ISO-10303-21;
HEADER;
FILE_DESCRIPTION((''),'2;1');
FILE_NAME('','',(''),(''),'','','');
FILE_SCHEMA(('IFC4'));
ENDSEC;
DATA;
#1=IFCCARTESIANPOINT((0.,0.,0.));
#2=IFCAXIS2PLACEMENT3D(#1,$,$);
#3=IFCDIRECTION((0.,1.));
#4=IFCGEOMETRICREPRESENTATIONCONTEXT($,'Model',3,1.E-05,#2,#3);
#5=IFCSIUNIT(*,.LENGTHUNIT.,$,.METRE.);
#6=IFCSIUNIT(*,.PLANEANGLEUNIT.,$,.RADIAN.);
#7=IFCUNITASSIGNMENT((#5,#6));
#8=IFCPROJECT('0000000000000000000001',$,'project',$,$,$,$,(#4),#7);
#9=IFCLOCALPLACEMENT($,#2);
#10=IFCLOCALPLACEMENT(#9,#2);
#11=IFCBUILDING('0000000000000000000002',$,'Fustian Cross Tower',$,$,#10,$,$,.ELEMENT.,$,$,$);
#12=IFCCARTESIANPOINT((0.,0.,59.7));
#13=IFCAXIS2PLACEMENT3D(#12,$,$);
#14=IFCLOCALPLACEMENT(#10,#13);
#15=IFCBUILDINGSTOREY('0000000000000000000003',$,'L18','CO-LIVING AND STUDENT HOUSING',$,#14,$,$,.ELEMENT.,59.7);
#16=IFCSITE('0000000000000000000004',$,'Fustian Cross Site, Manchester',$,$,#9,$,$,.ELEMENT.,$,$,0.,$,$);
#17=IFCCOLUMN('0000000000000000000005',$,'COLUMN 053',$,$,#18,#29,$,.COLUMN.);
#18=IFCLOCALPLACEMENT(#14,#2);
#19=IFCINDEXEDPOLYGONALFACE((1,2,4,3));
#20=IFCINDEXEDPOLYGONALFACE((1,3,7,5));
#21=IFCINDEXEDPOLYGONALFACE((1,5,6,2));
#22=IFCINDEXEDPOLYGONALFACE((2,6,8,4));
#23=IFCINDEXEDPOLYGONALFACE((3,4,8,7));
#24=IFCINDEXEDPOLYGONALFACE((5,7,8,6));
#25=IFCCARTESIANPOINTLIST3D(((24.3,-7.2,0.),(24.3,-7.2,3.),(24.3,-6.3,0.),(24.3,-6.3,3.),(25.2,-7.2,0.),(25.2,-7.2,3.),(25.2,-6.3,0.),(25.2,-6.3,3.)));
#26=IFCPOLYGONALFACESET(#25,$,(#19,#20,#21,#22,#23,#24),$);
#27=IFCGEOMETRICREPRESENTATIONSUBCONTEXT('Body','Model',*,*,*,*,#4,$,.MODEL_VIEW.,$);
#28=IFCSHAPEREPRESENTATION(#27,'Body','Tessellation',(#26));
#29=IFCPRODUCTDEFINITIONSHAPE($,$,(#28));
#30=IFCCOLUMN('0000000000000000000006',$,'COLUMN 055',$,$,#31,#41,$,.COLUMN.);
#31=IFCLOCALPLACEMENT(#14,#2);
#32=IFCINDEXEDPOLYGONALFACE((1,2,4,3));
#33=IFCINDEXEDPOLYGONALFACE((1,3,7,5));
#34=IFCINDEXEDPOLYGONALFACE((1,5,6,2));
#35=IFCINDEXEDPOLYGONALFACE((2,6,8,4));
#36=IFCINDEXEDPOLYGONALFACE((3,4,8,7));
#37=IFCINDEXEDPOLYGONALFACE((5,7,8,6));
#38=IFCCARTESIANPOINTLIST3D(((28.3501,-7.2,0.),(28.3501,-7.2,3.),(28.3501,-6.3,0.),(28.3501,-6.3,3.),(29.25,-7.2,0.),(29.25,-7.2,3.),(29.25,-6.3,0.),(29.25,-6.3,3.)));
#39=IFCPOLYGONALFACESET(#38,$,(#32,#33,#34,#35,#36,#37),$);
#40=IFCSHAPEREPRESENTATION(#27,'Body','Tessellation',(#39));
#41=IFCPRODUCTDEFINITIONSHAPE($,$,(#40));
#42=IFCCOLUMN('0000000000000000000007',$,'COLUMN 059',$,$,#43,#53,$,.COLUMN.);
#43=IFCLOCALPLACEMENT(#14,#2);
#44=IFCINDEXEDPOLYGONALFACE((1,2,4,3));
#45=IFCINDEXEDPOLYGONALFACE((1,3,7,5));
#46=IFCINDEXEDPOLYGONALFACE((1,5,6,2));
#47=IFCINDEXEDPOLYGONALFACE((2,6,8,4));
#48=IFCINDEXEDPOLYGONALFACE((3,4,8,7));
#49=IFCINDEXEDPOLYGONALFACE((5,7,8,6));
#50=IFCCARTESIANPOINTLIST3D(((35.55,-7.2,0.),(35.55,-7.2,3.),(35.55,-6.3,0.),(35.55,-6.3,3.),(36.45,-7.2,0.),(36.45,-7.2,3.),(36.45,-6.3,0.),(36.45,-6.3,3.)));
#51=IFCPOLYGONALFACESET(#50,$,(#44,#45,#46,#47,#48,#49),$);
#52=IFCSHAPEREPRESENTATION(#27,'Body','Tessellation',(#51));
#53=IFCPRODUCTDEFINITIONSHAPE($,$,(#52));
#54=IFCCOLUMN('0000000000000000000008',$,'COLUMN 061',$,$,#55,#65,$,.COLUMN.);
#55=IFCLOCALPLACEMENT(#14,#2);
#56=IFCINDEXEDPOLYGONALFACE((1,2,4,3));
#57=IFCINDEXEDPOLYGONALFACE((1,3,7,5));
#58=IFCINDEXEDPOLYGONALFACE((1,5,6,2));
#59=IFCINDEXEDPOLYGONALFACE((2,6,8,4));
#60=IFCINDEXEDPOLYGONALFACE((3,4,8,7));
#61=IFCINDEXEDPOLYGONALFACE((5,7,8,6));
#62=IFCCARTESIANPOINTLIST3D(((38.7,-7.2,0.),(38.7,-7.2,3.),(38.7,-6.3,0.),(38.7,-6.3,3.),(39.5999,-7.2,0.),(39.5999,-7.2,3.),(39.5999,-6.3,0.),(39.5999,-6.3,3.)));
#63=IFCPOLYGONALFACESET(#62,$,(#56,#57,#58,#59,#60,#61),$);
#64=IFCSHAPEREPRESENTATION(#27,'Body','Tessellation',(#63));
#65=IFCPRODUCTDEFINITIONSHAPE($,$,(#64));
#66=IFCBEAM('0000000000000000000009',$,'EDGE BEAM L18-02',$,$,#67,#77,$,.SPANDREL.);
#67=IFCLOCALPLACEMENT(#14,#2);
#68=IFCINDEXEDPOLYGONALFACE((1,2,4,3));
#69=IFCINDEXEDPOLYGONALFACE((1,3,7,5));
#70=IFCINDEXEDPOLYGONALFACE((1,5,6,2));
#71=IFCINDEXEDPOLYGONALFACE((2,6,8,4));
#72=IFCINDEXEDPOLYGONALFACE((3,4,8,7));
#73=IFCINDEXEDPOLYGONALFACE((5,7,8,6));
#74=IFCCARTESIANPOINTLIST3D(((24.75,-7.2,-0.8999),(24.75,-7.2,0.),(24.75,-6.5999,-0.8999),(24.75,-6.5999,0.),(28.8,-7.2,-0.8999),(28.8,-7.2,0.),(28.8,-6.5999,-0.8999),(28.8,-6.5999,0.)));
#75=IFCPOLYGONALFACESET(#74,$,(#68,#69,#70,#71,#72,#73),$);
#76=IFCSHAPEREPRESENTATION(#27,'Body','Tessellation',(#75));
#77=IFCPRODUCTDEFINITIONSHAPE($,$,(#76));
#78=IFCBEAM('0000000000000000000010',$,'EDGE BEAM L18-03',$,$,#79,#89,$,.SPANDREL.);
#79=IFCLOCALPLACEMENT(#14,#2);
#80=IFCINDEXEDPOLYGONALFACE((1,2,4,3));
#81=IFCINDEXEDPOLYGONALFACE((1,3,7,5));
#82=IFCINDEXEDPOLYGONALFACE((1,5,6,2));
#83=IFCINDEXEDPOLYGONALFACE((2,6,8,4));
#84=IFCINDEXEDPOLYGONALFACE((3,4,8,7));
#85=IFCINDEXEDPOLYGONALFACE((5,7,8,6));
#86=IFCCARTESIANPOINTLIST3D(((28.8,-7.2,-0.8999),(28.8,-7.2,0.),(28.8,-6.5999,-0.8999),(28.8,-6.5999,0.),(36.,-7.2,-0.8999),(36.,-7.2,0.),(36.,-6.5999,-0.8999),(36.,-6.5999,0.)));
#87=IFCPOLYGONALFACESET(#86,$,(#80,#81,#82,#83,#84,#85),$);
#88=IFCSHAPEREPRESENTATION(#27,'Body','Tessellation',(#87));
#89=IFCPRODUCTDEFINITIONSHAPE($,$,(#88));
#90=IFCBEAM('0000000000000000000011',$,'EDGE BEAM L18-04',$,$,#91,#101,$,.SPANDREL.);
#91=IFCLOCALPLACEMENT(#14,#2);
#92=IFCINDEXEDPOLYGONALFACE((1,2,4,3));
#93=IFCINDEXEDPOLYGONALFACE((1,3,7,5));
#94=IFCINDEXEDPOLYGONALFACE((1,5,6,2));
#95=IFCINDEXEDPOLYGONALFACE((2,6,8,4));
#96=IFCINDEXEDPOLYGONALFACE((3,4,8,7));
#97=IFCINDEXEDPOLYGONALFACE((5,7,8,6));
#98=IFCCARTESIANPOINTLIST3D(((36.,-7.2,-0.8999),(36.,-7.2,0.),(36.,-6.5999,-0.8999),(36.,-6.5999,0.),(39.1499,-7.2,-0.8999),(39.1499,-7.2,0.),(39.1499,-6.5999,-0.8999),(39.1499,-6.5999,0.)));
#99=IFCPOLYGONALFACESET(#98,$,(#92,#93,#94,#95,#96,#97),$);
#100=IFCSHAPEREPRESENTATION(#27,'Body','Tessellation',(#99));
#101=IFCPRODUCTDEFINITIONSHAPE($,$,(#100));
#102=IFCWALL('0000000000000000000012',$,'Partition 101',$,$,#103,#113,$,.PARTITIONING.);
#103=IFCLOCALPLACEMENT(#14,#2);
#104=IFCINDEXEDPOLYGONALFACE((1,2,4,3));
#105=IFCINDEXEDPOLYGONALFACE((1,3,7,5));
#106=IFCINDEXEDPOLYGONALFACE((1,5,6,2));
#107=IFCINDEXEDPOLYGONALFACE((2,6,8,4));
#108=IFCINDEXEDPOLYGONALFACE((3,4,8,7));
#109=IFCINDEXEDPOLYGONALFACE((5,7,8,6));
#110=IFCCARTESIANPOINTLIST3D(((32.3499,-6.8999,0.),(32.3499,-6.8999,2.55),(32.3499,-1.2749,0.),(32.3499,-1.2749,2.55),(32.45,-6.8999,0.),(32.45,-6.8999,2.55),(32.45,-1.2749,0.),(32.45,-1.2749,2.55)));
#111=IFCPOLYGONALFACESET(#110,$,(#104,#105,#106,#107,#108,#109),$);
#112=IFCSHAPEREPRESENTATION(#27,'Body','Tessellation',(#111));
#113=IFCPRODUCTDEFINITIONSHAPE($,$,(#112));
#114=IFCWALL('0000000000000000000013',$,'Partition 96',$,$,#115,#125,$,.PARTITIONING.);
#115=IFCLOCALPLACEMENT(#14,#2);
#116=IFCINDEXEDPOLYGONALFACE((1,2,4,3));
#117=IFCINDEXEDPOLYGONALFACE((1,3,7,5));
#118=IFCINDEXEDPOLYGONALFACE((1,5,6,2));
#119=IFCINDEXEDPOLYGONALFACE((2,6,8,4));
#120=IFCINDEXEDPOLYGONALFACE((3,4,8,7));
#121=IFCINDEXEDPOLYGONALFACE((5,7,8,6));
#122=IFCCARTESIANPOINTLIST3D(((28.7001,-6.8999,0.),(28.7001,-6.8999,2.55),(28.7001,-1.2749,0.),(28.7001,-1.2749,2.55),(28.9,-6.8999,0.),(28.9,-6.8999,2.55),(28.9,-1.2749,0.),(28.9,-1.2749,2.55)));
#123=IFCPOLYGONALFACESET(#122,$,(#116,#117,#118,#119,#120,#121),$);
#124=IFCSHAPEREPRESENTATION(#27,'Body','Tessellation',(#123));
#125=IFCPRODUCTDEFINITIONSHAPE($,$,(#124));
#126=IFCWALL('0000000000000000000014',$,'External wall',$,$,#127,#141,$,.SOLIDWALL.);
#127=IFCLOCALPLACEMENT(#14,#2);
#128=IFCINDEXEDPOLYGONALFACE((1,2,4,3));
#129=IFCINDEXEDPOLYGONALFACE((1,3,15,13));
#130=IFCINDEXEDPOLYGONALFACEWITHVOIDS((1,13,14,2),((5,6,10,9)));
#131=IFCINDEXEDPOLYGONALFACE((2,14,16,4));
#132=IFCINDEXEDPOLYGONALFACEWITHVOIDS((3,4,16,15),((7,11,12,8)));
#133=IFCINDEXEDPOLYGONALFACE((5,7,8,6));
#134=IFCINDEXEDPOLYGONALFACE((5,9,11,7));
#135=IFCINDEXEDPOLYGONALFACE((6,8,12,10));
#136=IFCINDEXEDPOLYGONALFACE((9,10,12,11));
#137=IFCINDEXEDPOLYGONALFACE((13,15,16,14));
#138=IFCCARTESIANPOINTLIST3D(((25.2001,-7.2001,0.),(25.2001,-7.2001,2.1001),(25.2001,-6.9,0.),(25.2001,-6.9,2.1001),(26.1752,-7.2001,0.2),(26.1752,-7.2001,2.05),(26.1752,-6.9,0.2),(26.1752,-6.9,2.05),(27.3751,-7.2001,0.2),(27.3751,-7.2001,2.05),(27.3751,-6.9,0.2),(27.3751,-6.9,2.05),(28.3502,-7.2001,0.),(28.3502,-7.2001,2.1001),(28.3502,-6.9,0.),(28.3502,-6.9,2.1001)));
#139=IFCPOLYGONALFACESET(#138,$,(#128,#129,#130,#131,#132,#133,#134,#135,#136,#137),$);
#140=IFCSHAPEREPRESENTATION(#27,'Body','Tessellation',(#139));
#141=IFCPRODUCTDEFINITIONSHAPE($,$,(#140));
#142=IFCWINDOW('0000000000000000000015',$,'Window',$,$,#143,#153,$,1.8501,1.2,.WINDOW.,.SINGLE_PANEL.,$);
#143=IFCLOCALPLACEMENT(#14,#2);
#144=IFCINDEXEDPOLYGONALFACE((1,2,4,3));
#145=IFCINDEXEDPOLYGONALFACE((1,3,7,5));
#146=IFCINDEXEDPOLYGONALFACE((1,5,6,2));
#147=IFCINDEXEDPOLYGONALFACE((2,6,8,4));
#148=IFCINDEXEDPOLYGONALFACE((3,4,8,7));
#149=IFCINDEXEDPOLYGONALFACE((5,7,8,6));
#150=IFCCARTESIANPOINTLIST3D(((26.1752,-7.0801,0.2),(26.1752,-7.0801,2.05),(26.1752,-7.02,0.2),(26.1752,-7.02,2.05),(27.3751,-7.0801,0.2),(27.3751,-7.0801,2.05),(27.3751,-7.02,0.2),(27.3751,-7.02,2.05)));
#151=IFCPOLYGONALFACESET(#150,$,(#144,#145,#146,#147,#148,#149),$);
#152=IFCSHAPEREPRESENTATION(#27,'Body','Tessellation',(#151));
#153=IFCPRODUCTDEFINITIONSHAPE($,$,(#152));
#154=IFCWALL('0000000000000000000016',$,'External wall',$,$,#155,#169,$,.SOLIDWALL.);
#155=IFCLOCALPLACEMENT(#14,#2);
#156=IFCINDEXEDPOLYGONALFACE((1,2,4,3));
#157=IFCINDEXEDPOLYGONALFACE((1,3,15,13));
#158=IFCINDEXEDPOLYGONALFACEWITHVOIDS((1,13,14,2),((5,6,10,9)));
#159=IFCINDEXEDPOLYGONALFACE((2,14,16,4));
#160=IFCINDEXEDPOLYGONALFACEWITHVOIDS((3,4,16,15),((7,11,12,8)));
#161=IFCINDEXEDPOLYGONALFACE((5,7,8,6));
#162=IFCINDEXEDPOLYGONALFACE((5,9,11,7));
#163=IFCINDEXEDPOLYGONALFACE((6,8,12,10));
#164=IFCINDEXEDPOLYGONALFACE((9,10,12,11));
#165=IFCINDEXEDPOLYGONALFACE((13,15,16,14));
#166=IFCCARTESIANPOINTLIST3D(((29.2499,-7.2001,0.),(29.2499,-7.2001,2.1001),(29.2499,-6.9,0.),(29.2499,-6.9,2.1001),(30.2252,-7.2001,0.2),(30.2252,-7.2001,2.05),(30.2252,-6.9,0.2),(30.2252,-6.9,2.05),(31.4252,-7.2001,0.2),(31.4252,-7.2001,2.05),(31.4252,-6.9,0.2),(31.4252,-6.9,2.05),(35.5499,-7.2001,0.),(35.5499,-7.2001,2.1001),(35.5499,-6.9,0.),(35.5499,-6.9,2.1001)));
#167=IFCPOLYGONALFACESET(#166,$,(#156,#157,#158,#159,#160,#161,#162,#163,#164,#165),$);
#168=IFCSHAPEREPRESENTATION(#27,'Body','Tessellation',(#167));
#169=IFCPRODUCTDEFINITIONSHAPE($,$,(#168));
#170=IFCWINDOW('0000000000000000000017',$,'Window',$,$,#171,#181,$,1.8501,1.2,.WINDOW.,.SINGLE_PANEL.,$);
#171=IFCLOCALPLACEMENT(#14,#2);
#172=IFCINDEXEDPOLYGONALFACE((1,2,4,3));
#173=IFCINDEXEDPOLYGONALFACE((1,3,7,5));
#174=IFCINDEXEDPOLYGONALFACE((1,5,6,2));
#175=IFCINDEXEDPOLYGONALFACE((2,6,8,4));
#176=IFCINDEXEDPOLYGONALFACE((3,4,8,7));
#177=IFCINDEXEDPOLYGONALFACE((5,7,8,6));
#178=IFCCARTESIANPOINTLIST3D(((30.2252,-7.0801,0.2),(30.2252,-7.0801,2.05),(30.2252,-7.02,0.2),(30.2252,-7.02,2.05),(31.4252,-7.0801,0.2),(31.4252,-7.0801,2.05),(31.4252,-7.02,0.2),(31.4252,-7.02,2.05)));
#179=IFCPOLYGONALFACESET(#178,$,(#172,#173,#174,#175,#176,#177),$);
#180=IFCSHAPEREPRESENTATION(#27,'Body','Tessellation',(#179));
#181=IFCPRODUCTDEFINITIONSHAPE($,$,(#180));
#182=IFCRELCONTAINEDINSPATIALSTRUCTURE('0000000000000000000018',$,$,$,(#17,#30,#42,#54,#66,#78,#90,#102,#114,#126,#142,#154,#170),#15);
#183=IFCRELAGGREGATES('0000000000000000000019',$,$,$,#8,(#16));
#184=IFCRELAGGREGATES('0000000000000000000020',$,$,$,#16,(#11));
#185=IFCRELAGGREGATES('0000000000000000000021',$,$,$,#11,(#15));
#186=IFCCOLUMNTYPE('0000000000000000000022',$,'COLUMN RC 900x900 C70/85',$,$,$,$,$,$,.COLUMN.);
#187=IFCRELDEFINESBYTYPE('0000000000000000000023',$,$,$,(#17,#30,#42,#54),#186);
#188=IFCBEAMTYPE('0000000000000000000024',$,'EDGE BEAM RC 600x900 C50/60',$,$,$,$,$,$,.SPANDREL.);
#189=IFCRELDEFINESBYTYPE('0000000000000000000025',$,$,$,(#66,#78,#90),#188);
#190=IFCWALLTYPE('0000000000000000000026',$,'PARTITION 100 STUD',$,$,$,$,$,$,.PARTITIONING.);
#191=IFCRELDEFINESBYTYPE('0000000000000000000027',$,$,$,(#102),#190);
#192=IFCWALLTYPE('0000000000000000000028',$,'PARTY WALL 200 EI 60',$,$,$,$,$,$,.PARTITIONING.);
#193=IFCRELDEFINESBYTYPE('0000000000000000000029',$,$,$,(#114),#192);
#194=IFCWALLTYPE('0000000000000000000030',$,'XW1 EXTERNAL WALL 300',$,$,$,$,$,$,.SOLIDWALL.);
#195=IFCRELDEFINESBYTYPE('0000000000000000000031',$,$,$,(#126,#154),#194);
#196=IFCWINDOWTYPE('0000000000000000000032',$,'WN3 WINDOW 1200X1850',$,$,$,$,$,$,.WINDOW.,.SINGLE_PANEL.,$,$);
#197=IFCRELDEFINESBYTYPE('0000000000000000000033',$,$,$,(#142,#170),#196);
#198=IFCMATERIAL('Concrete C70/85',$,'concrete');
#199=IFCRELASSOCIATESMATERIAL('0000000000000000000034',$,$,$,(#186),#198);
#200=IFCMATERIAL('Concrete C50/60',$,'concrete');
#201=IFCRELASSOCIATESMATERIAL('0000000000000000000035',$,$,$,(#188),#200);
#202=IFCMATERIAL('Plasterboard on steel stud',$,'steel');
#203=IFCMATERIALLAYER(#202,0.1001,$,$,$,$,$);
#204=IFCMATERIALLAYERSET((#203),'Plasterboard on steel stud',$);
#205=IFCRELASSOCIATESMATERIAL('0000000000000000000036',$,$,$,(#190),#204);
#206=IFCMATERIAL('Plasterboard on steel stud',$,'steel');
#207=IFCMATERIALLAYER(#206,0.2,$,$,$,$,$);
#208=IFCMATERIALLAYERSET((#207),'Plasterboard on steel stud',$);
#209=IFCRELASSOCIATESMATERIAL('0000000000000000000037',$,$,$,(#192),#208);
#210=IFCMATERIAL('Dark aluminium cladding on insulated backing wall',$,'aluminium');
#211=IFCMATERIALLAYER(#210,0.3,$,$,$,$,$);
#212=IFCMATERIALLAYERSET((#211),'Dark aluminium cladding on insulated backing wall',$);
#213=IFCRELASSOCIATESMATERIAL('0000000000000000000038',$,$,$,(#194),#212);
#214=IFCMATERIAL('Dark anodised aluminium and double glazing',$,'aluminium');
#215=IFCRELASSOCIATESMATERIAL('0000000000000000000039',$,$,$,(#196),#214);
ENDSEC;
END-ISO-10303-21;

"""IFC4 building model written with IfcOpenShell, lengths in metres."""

from ifc_helpers import new_model, si_unit, direction, frame, frame_2d, origin, origin_2d, place, context, subcontext, project, spatial, rectangle, extrude, material, layer, layer_set, material_profile, profile_set, type_object, element, fill, save


model = new_model("IFC4")

# Units and contexts
model_context = context("Model", 3, precision=1e-05, world=origin(), true_north=direction((0.0, 1.0)))
body_context = subcontext(model_context, "Body", "Model", "MODEL_VIEW")
ifc_project = project(units=[si_unit("LENGTHUNIT", "METRE"), si_unit("PLANEANGLEUNIT", "RADIAN")], contexts=[model_context])

# Site, building, storey
site_placement = place(None, origin())
site = spatial("IfcSite", under=ifc_project, at=site_placement, Name="Fustian Cross Site, Manchester", CompositionType="ELEMENT", RefElevation=0.0)
building_placement = place(site_placement, origin())
building = spatial("IfcBuilding", under=site, at=building_placement, Name="Fustian Cross Tower", CompositionType="ELEMENT")
storey_placement = place(building_placement, frame((0.0, 0.0, 59.7)))
storey = spatial("IfcBuildingStorey", under=building, at=storey_placement, Name="L18", Description="CO-LIVING AND STUDENT HOUSING", CompositionType="ELEMENT", Elevation=59.7)

# Columns
ifc_material_1 = material(Name="Concrete C70/85", Category="concrete")
ifc_material_profile_1 = material_profile(ifc_material_1, rectangle(XDim=0.8999, YDim=0.8999, at=origin_2d()), Name="RC 900x900")
ifc_profile_set_1 = profile_set([ifc_material_profile_1], Name="Concrete C70/85")
column_type = type_object("IfcColumnType", Name="COLUMN RC 900x900 C70/85", PredefinedType="COLUMN", material=ifc_profile_set_1)
for number, where, z_axis, x_axis, name in (
    (1, (24.75, -6.75, 0.0), (0.0, 0.0, 1.0), (1.0, 0.0, 0.0), "COLUMN 053"),
    (2, (28.8, -6.75, 0.0), (0.0, 0.0, 1.0), (1.0, 0.0, 0.0), "COLUMN 055"),
    (3, (36.0, -6.75, 0.0), (0.0, 0.0, 1.0), (1.0, 0.0, 0.0), "COLUMN 059"),
    (4, (39.1499, -6.75, 0.0), (0.0, 0.0, 1.0), (1.0, 0.0, 0.0), "COLUMN 061"),
):
    element("IfcColumn", number, at=place(storey_placement, frame(where, z_axis=z_axis, x_axis=x_axis)), inside=storey, type_object=column_type, Name=name, PredefinedType="COLUMN", context=body_context, shape_type="SweptSolid", body=[
        extrude(rectangle(XDim=0.8999, YDim=0.8999, at=origin_2d()), origin(), (0.0, 0.0, 1.0), 3.0),
    ])

# Beams
ifc_material_2 = material(Name="Concrete C50/60", Category="concrete")
ifc_material_profile_2 = material_profile(ifc_material_2, rectangle(XDim=0.6001, YDim=0.8999, at=origin_2d()), Name="RC 600x900")
ifc_profile_set_2 = profile_set([ifc_material_profile_2], Name="Concrete C50/60")
beam_type = type_object("IfcBeamType", Name="EDGE BEAM RC 600x900 C50/60", PredefinedType="SPANDREL", material=ifc_profile_set_2)
beam_1_placement = place(storey_placement, frame((24.75, -6.8999, -0.45), z_axis=(1.0, 0.0, 0.0), x_axis=(0.0, 1.0, 0.0)))
element("IfcBeam", 5, at=beam_1_placement, inside=storey, type_object=beam_type, Name="EDGE BEAM L18-02", PredefinedType="SPANDREL", context=body_context, shape_type="SweptSolid", body=[
    extrude(rectangle(XDim=0.6001, YDim=0.8999, at=origin_2d()), origin(), (0.0, 0.0, 1.0), 4.05),
])
beam_2_placement = place(storey_placement, frame((28.8, -6.8999, -0.45), z_axis=(1.0, 0.0, 0.0), x_axis=(0.0, 1.0, 0.0)))
element("IfcBeam", 6, at=beam_2_placement, inside=storey, type_object=beam_type, Name="EDGE BEAM L18-03", PredefinedType="SPANDREL", context=body_context, shape_type="SweptSolid", body=[
    extrude(rectangle(XDim=0.6001, YDim=0.8999, at=origin_2d()), origin(), (0.0, 0.0, 1.0), 7.2),
])
beam_3_placement = place(storey_placement, frame((36.0, -6.8999, -0.45), z_axis=(1.0, 0.0, 0.0), x_axis=(0.0, 1.0, 0.0)))
element("IfcBeam", 7, at=beam_3_placement, inside=storey, type_object=beam_type, Name="EDGE BEAM L18-04", PredefinedType="SPANDREL", context=body_context, shape_type="SweptSolid", body=[
    extrude(rectangle(XDim=0.6001, YDim=0.8999, at=origin_2d()), origin(), (0.0, 0.0, 1.0), 3.1499),
])

# Walls
ifc_material_3 = material(Name="Plasterboard on steel stud", Category="steel")
ifc_layer_1 = layer(ifc_material_3, 0.1001)
ifc_layer_set_1 = layer_set([ifc_layer_1], Name="Plasterboard on steel stud")
wall_type_1 = type_object("IfcWallType", Name="PARTITION 100 STUD", PredefinedType="PARTITIONING", material=ifc_layer_set_1)
wall_1_placement = place(storey_placement, frame((32.3999, -6.8999, 0.0), z_axis=(0.0, 0.0, 1.0), x_axis=(0.0, 1.0, 0.0)))
element("IfcWall", 8, at=wall_1_placement, inside=storey, type_object=wall_type_1, Name="Partition 101", PredefinedType="PARTITIONING", context=body_context, shape_type="SweptSolid", body=[
    extrude(rectangle(XDim=5.625, YDim=0.1001, at=frame_2d((2.8125, 0.0))), origin(), (0.0, 0.0, 1.0), 2.55),
])
ifc_material_4 = material(Name="Plasterboard on steel stud", Category="steel")
ifc_layer_2 = layer(ifc_material_4, 0.2)
ifc_layer_set_2 = layer_set([ifc_layer_2], Name="Plasterboard on steel stud")
wall_type_2 = type_object("IfcWallType", Name="PARTY WALL 200 EI 60", PredefinedType="PARTITIONING", material=ifc_layer_set_2)
wall_2_placement = place(storey_placement, frame((28.8, -6.8999, 0.0), z_axis=(0.0, 0.0, 1.0), x_axis=(0.0, 1.0, 0.0)))
element("IfcWall", 9, at=wall_2_placement, inside=storey, type_object=wall_type_2, Name="Partition 96", PredefinedType="PARTITIONING", context=body_context, shape_type="SweptSolid", body=[
    extrude(rectangle(XDim=5.625, YDim=0.2, at=frame_2d((2.8125, 0.0))), origin(), (0.0, 0.0, 1.0), 2.55),
])

# Walls, openings, windows
ifc_material_5 = material(Name="Dark aluminium cladding on insulated backing wall", Category="aluminium")
ifc_layer_3 = layer(ifc_material_5, 0.3)
ifc_layer_set_3 = layer_set([ifc_layer_3], Name="Dark aluminium cladding on insulated backing wall")
wall_type_3 = type_object("IfcWallType", Name="XW1 EXTERNAL WALL 300", PredefinedType="SOLIDWALL", material=ifc_layer_set_3)
wall_3_placement = place(storey_placement, frame((25.2, -7.05, 0.0), z_axis=(0.0, 0.0, 1.0), x_axis=(1.0, 0.0, 0.0)))
wall_3 = element("IfcWall", 10, at=wall_3_placement, inside=storey, type_object=wall_type_3, Name="External wall", PredefinedType="SOLIDWALL", context=body_context, shape_type="SweptSolid", body=[
    extrude(rectangle(XDim=3.1501, YDim=0.3, at=frame_2d((1.5752, 0.0))), origin(), (0.0, 0.0, 1.0), 2.1001),
])
opening_1_placement = place(wall_3_placement, frame((0.9751, 0.0, 0.2)))
opening_1 = element("IfcOpeningElement", 11, at=opening_1_placement, cuts=wall_3, PredefinedType="OPENING", context=body_context, shape_type="SweptSolid", body=[
    extrude(rectangle(XDim=1.2, YDim=1.8501, at=frame_2d((0.6001, 0.925))), frame((0.0, 0.1599, 0.0), z_axis=(0.0, -1.0, 0.0), x_axis=(1.0, 0.0, 0.0)), (0.0, 0.0, 1.0), 0.3201),
])
ifc_material_6 = material(Name="Dark anodised aluminium and double glazing", Category="aluminium")
window_type = type_object("IfcWindowType", Name="WN3 WINDOW 1200X1850", PartitioningType="SINGLE_PANEL", PredefinedType="WINDOW", material=ifc_material_6)
window_1_placement = place(opening_1_placement, origin())
window_1 = element("IfcWindow", 12, at=window_1_placement, inside=storey, type_object=window_type, Name="Window", OverallHeight=1.8501, OverallWidth=1.2, PartitioningType="SINGLE_PANEL", PredefinedType="WINDOW", context=body_context, shape_type="SweptSolid", body=[
    extrude(rectangle(XDim=1.2, YDim=1.8501, at=frame_2d((0.6001, 0.925))), frame((0.0, 0.03, 0.0), z_axis=(0.0, -1.0, 0.0), x_axis=(1.0, 0.0, 0.0)), (0.0, 0.0, 1.0), 0.0601),
])
fill(opening_1, window_1)
wall_4_placement = place(storey_placement, frame((29.25, -7.05, 0.0), z_axis=(0.0, 0.0, 1.0), x_axis=(1.0, 0.0, 0.0)))
wall_4 = element("IfcWall", 13, at=wall_4_placement, inside=storey, type_object=wall_type_3, Name="External wall", PredefinedType="SOLIDWALL", context=body_context, shape_type="SweptSolid", body=[
    extrude(rectangle(XDim=6.3, YDim=0.3, at=frame_2d((3.1499, 0.0))), origin(), (0.0, 0.0, 1.0), 2.1001),
])
opening_2_placement = place(wall_4_placement, frame((0.9751, 0.0, 0.2)))
opening_2 = element("IfcOpeningElement", 14, at=opening_2_placement, cuts=wall_4, PredefinedType="OPENING", context=body_context, shape_type="SweptSolid", body=[
    extrude(rectangle(XDim=1.2, YDim=1.8501, at=frame_2d((0.6001, 0.925))), frame((0.0, 0.1599, 0.0), z_axis=(0.0, -1.0, 0.0), x_axis=(1.0, 0.0, 0.0)), (0.0, 0.0, 1.0), 0.3201),
])
window_2_placement = place(opening_2_placement, origin())
window_2 = element("IfcWindow", 15, at=window_2_placement, inside=storey, type_object=window_type, Name="Window", OverallHeight=1.8501, OverallWidth=1.2, PartitioningType="SINGLE_PANEL", PredefinedType="WINDOW", context=body_context, shape_type="SweptSolid", body=[
    extrude(rectangle(XDim=1.2, YDim=1.8501, at=frame_2d((0.6001, 0.925))), frame((0.0, 0.03, 0.0), z_axis=(0.0, -1.0, 0.0), x_axis=(1.0, 0.0, 0.0)), (0.0, 0.0, 1.0), 0.0601),
])
fill(opening_2, window_2)

save(model, "model.ifc")
